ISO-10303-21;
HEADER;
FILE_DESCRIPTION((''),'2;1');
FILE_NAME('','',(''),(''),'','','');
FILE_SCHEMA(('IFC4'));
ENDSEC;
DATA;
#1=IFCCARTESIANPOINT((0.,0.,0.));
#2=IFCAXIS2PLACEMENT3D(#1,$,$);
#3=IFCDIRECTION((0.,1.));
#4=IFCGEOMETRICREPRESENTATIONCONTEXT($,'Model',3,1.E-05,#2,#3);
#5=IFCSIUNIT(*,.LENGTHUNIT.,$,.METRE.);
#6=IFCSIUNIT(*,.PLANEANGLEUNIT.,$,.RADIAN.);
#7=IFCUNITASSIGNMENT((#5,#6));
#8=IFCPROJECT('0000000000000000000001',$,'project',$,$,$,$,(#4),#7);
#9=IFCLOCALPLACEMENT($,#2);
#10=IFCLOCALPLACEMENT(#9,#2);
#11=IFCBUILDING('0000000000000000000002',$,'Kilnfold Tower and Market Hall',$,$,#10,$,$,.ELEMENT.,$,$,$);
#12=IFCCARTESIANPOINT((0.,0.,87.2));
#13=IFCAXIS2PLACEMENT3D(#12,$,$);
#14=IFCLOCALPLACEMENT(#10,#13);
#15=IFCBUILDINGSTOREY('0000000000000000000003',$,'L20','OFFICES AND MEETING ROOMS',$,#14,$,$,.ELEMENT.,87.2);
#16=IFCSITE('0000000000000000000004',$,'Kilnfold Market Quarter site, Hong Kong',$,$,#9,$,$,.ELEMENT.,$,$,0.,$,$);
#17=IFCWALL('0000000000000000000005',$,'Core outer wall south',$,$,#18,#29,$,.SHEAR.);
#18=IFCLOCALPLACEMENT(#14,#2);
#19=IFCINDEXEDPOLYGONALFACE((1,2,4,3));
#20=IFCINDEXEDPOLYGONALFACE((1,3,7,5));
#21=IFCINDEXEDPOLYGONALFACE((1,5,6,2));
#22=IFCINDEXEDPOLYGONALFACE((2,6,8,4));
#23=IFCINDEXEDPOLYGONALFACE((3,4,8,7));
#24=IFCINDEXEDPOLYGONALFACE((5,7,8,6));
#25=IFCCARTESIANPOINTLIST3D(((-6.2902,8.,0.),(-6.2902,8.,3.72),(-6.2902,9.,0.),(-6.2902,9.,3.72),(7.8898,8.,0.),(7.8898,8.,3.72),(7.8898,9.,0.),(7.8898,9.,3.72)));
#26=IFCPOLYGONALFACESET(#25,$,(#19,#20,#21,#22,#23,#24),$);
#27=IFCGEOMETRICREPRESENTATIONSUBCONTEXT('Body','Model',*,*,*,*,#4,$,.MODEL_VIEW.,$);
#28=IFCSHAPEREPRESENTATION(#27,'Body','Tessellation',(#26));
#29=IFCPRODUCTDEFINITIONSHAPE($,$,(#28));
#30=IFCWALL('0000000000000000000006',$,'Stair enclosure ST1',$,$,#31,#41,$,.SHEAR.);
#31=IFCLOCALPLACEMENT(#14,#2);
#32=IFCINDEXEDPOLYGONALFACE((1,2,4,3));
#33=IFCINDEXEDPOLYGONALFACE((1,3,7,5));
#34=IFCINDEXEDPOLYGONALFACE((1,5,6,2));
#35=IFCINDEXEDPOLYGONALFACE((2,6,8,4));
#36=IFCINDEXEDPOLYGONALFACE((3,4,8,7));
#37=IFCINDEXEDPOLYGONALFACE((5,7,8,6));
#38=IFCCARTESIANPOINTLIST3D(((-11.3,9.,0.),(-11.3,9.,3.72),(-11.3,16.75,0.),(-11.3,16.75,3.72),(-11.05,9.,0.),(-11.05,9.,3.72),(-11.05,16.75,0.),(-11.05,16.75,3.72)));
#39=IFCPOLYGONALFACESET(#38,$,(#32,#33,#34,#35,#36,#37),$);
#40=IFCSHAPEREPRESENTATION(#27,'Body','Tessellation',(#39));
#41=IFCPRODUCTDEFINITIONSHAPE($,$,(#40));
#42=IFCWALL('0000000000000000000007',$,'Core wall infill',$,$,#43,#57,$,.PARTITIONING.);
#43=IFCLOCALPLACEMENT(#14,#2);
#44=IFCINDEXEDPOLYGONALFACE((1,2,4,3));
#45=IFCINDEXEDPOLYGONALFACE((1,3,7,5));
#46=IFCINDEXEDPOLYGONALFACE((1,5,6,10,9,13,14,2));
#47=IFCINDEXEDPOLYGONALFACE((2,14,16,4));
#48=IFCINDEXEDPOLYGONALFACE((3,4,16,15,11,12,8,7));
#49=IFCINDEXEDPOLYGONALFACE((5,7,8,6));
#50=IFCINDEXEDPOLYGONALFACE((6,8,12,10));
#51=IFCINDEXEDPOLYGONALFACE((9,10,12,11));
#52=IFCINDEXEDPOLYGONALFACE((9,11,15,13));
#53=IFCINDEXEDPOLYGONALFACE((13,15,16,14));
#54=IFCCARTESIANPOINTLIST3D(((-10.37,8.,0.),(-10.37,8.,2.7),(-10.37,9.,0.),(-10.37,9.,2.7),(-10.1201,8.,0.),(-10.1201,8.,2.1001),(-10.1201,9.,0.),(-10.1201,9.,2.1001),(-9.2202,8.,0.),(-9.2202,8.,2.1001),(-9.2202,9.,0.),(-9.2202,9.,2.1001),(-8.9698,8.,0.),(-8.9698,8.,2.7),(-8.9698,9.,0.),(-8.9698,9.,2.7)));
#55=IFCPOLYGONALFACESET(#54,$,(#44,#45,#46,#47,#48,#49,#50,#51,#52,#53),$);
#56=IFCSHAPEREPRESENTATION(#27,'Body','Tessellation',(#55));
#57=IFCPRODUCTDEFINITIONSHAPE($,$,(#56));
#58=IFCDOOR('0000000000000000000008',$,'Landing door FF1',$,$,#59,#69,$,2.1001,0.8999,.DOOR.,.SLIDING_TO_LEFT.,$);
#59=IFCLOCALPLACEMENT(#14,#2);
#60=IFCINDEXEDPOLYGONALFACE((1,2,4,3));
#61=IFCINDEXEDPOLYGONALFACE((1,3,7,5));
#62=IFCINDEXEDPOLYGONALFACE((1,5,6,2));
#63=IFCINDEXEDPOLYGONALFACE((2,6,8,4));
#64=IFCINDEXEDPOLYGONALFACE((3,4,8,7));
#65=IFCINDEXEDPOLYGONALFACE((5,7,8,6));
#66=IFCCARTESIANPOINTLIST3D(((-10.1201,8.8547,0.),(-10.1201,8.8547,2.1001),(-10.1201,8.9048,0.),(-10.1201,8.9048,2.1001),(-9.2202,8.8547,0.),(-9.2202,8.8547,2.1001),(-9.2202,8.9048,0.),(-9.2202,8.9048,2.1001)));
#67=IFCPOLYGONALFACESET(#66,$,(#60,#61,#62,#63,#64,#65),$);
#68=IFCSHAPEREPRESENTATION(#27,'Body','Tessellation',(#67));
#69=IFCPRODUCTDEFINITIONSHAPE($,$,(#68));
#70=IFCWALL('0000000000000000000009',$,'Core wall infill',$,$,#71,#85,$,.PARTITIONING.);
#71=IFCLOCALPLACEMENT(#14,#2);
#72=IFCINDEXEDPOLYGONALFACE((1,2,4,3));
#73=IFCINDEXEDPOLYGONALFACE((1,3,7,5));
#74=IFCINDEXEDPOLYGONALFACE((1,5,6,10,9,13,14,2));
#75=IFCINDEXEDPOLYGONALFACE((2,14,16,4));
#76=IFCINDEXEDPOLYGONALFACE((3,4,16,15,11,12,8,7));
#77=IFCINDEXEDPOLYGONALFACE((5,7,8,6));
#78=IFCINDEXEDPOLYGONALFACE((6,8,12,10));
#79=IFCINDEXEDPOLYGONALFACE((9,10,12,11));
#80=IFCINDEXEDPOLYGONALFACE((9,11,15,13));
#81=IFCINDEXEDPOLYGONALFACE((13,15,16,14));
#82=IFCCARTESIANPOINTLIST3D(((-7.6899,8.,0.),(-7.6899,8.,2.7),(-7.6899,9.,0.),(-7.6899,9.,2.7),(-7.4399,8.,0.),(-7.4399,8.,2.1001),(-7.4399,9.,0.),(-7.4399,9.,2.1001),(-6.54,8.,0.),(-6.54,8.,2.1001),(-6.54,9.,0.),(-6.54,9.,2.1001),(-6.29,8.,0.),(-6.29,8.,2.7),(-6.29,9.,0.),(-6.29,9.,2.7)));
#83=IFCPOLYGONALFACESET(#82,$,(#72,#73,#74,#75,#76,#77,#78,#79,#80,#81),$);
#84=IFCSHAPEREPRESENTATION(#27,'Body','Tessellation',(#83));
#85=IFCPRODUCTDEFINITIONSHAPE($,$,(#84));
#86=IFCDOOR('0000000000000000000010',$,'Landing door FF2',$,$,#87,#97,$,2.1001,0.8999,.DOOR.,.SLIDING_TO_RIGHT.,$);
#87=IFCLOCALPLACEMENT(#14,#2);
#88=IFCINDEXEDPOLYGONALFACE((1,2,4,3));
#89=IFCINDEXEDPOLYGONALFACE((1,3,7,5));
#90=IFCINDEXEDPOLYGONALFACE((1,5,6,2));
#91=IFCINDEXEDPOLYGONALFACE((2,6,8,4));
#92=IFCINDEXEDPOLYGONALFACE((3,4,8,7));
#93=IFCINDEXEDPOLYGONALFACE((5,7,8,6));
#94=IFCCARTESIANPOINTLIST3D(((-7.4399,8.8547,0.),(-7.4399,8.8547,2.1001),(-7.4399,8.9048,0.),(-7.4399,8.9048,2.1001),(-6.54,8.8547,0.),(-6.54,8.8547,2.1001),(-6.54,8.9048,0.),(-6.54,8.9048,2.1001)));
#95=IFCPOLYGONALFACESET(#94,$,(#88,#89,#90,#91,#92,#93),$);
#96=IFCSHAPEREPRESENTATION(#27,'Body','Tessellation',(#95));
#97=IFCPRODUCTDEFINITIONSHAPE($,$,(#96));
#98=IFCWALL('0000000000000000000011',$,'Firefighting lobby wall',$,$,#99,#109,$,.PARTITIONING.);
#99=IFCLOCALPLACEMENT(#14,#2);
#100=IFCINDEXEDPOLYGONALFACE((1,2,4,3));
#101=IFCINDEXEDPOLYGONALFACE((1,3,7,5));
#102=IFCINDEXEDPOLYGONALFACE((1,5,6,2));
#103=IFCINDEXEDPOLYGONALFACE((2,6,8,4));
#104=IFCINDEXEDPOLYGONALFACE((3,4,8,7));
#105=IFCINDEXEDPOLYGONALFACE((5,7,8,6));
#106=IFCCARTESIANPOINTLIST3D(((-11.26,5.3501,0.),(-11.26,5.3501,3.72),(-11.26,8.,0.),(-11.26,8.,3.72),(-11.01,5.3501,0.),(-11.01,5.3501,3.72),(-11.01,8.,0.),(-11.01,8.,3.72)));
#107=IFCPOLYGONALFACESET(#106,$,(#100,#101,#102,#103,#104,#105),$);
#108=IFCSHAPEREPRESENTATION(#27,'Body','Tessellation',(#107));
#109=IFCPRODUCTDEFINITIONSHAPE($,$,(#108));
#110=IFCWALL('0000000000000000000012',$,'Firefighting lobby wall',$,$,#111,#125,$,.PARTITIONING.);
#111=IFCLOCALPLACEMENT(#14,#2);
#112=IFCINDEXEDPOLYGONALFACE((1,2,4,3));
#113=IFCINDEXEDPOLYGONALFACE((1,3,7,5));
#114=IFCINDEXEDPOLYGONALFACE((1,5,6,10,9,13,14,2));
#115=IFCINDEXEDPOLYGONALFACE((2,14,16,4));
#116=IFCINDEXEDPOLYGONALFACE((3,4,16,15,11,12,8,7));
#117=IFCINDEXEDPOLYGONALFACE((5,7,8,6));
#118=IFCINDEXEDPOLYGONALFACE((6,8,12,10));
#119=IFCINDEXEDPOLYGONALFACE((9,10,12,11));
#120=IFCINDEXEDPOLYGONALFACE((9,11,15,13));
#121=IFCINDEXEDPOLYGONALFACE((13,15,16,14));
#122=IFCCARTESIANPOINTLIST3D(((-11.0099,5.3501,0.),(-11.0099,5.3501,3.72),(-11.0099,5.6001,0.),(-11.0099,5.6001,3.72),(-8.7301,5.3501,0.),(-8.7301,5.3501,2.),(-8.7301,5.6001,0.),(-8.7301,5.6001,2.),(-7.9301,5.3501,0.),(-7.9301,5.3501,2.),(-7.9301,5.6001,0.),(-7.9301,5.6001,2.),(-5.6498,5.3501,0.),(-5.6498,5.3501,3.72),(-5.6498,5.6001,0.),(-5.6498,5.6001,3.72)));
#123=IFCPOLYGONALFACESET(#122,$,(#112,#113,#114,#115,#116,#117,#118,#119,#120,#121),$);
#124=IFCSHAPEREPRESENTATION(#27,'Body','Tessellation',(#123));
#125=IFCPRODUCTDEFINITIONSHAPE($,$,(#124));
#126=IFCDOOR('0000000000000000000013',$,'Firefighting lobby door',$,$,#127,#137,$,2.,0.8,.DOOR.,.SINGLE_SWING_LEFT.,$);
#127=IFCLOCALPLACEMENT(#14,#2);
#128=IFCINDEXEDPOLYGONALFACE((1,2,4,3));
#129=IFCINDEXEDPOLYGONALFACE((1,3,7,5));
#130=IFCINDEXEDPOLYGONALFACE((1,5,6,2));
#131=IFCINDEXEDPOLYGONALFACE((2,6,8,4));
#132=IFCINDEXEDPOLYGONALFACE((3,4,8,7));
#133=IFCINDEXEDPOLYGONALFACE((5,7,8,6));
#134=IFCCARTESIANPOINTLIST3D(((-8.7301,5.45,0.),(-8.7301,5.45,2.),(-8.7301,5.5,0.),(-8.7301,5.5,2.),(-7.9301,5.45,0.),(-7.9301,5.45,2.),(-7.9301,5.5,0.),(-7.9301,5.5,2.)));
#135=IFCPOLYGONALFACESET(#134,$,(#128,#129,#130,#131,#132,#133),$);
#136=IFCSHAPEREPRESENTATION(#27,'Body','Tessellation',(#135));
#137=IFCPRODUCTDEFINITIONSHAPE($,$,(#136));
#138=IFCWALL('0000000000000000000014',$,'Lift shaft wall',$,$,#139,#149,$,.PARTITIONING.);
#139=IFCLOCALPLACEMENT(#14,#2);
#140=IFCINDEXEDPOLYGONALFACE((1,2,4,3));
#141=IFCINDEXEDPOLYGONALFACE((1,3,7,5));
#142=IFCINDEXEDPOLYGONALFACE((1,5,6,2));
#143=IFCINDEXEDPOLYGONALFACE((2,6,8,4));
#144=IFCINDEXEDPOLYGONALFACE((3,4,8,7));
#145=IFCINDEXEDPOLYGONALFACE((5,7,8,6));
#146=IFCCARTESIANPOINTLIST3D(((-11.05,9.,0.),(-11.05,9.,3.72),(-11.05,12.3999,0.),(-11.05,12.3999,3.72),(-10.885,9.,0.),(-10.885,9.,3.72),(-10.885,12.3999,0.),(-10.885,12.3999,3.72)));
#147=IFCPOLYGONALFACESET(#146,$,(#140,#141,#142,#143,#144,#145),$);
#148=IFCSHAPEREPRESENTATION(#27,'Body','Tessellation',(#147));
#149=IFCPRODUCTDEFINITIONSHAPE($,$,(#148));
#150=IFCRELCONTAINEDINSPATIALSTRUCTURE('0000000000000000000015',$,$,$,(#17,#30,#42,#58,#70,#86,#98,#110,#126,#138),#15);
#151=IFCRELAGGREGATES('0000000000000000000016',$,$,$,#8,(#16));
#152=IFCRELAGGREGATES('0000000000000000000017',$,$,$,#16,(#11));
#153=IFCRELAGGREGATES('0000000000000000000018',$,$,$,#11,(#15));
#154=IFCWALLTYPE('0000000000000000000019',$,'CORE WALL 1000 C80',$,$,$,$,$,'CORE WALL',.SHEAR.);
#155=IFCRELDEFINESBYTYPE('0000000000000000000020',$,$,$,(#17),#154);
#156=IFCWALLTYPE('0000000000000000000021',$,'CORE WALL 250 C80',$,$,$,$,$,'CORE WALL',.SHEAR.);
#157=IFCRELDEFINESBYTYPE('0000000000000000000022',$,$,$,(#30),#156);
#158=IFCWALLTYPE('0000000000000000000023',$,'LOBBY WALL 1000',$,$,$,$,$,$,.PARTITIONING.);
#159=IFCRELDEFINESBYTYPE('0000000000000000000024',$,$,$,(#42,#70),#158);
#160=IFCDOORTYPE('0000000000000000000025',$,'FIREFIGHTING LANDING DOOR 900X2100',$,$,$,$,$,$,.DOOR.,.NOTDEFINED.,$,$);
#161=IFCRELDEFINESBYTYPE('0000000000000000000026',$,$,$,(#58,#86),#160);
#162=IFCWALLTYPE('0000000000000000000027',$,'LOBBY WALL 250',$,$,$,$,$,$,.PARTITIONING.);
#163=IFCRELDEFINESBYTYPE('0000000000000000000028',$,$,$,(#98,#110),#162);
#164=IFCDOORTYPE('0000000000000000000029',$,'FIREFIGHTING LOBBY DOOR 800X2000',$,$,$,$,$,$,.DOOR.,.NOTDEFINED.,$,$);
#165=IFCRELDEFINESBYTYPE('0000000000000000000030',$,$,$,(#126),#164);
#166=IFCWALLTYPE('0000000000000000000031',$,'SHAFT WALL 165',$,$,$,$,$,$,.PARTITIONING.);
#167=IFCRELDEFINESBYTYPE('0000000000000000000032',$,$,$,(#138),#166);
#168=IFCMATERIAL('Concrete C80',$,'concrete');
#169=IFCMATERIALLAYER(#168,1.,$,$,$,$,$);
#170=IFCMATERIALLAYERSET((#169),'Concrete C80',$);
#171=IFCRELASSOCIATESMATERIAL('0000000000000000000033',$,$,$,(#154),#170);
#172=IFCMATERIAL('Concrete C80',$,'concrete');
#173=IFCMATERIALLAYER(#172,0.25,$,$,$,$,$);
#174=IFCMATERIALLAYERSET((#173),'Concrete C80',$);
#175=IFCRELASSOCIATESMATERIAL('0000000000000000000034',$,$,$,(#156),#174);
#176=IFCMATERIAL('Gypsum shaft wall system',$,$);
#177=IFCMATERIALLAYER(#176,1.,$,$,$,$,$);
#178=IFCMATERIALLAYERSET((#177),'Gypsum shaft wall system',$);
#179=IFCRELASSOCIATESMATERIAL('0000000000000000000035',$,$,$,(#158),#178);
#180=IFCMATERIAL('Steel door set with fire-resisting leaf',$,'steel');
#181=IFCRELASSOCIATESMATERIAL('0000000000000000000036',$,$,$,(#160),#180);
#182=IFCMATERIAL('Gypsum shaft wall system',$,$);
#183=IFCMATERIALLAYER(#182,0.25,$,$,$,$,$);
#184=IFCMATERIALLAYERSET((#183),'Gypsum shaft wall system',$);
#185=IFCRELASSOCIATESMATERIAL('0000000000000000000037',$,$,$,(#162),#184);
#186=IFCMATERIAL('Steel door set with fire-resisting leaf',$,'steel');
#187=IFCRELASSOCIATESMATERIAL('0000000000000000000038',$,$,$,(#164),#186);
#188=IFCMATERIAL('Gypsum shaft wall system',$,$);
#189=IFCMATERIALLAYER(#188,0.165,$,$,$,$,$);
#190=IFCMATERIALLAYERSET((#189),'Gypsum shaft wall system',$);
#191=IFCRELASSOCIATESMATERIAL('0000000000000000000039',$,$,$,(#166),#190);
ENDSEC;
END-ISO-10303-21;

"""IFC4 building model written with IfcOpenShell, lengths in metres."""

from ifc_helpers import new_model, si_unit, direction, frame, frame_2d, origin, place, context, subcontext, project, spatial, rectangle, extrude, source, transform, mapped, material, layer, layer_set, type_object, element, fill, save


model = new_model("IFC4")

# Units and contexts
model_context = context("Model", 3, precision=1e-05, world=origin(), true_north=direction((0.0, 1.0)))
body_context = subcontext(model_context, "Body", "Model", "MODEL_VIEW")
ifc_project = project(units=[si_unit("LENGTHUNIT", "METRE"), si_unit("PLANEANGLEUNIT", "RADIAN")], contexts=[model_context])

# Site, building, storey
site_placement = place(None, origin())
site = spatial("IfcSite", under=ifc_project, at=site_placement, Name="Kilnfold Market Quarter site, Hong Kong", CompositionType="ELEMENT", RefElevation=0.0)
building_placement = place(site_placement, origin())
building = spatial("IfcBuilding", under=site, at=building_placement, Name="Kilnfold Tower and Market Hall", CompositionType="ELEMENT")
storey_placement = place(building_placement, frame((0.0, 0.0, 87.2)))
storey = spatial("IfcBuildingStorey", under=building, at=storey_placement, Name="L20", Description="OFFICES AND MEETING ROOMS", CompositionType="ELEMENT", Elevation=87.2)

# Walls
ifc_material_1 = material(Name="Concrete C80", Category="concrete")
ifc_layer_1 = layer(ifc_material_1, 1.0)
ifc_layer_set_1 = layer_set([ifc_layer_1], Name="Concrete C80")
wall_type_1 = type_object("IfcWallType", Name="CORE WALL 1000 C80", ElementType="CORE WALL", PredefinedType="SHEAR", material=ifc_layer_set_1)
shared_shape_1 = source(origin(), body_context, "Body", "SweptSolid", [
    extrude(rectangle(XDim=14.1799, YDim=1.0, at=frame_2d((7.0898, 0.0))), origin(), (0.0, 0.0, 1.0), 3.72),
])
wall_1_placement = place(storey_placement, frame((-6.29, 8.5, 0.0), z_axis=(0.0, 0.0, 1.0), x_axis=(1.0, 0.0, 0.0)))
element("IfcWall", 1, at=wall_1_placement, inside=storey, type_object=wall_type_1, Name="Core outer wall south", PredefinedType="SHEAR", context=body_context, shape_type="MappedRepresentation", body=[
    mapped(shared_shape_1, transform((0.0, 0.0, 0.0))),
])
ifc_material_2 = material(Name="Concrete C80", Category="concrete")
ifc_layer_2 = layer(ifc_material_2, 0.25)
ifc_layer_set_2 = layer_set([ifc_layer_2], Name="Concrete C80")
wall_type_2 = type_object("IfcWallType", Name="CORE WALL 250 C80", ElementType="CORE WALL", PredefinedType="SHEAR", material=ifc_layer_set_2)
shared_shape_2 = source(origin(), body_context, "Body", "SweptSolid", [
    extrude(rectangle(XDim=7.75, YDim=0.25, at=frame_2d((3.875, 0.0))), origin(), (0.0, 0.0, 1.0), 3.72),
])
wall_2_placement = place(storey_placement, frame((-11.175, 9.0, 0.0), z_axis=(0.0, 0.0, 1.0), x_axis=(0.0, 1.0, 0.0)))
element("IfcWall", 2, at=wall_2_placement, inside=storey, type_object=wall_type_2, Name="Stair enclosure ST1", PredefinedType="SHEAR", context=body_context, shape_type="MappedRepresentation", body=[
    mapped(shared_shape_2, transform((0.0, 0.0, 0.0))),
])

# Walls, openings, doors
ifc_material_3 = material(Name="Gypsum shaft wall system")
ifc_layer_3 = layer(ifc_material_3, 1.0)
ifc_layer_set_3 = layer_set([ifc_layer_3], Name="Gypsum shaft wall system")
wall_type_3 = type_object("IfcWallType", Name="LOBBY WALL 1000", PredefinedType="PARTITIONING", material=ifc_layer_set_3)
shared_shape_3 = source(origin(), body_context, "Body", "SweptSolid", [
    extrude(rectangle(XDim=1.4001, YDim=1.0, at=frame_2d((0.7002, 0.0))), origin(), (0.0, 0.0, 1.0), 2.7),
])
wall_3_placement = place(storey_placement, frame((-10.3701, 8.5, 0.0), z_axis=(0.0, 0.0, 1.0), x_axis=(1.0, 0.0, 0.0)))
wall_3 = element("IfcWall", 3, at=wall_3_placement, inside=storey, type_object=wall_type_3, Name="Core wall infill", PredefinedType="PARTITIONING", context=body_context, shape_type="MappedRepresentation", body=[
    mapped(shared_shape_3, transform((0.0, 0.0, 0.0))),
])
opening_1_placement = place(wall_3_placement, frame((0.25, 0.0, 0.0)))
opening_1 = element("IfcOpeningElement", 4, at=opening_1_placement, cuts=wall_3, PredefinedType="OPENING", context=body_context, shape_type="SweptSolid", body=[
    extrude(rectangle(XDim=0.8999, YDim=2.1001, at=frame_2d((0.45, 1.05))), frame((0.0, 0.51, 0.0), z_axis=(0.0, -1.0, 0.0), x_axis=(1.0, 0.0, 0.0)), (0.0, 0.0, 1.0), 1.02),
])
ifc_material_4 = material(Name="Steel door set with fire-resisting leaf", Category="steel")
door_type_1 = type_object("IfcDoorType", Name="FIREFIGHTING LANDING DOOR 900X2100", OperationType="NOTDEFINED", PredefinedType="DOOR", material=ifc_material_4)
door_1_placement = place(opening_1_placement, origin())
door_1 = element("IfcDoor", 5, at=door_1_placement, inside=storey, type_object=door_type_1, Name="Landing door FF1", OperationType="SLIDING_TO_LEFT", OverallHeight=2.1001, OverallWidth=0.8999, PredefinedType="DOOR", context=body_context, shape_type="SweptSolid", body=[
    extrude(rectangle(XDim=0.8999, YDim=2.1001, at=frame_2d((0.45, 1.05))), frame((0.0, 0.4048, 0.0), z_axis=(0.0, -1.0, 0.0), x_axis=(1.0, 0.0, 0.0)), (0.0, 0.0, 1.0), 0.05),
])
fill(opening_1, door_1)
shared_shape_4 = source(origin(), body_context, "Body", "SweptSolid", [
    extrude(rectangle(XDim=1.3999, YDim=1.0, at=frame_2d((0.7, 0.0))), origin(), (0.0, 0.0, 1.0), 2.7),
])
wall_4_placement = place(storey_placement, frame((-7.6899, 8.5, 0.0), z_axis=(0.0, 0.0, 1.0), x_axis=(1.0, 0.0, 0.0)))
wall_4 = element("IfcWall", 6, at=wall_4_placement, inside=storey, type_object=wall_type_3, Name="Core wall infill", PredefinedType="PARTITIONING", context=body_context, shape_type="MappedRepresentation", body=[
    mapped(shared_shape_4, transform((0.0, 0.0, 0.0))),
])
opening_2_placement = place(wall_4_placement, frame((0.25, 0.0, 0.0)))
opening_2 = element("IfcOpeningElement", 7, at=opening_2_placement, cuts=wall_4, PredefinedType="OPENING", context=body_context, shape_type="SweptSolid", body=[
    extrude(rectangle(XDim=0.8999, YDim=2.1001, at=frame_2d((0.45, 1.05))), frame((0.0, 0.51, 0.0), z_axis=(0.0, -1.0, 0.0), x_axis=(1.0, 0.0, 0.0)), (0.0, 0.0, 1.0), 1.02),
])
door_2_placement = place(opening_2_placement, origin())
door_2 = element("IfcDoor", 8, at=door_2_placement, inside=storey, type_object=door_type_1, Name="Landing door FF2", OperationType="SLIDING_TO_RIGHT", OverallHeight=2.1001, OverallWidth=0.8999, PredefinedType="DOOR", context=body_context, shape_type="SweptSolid", body=[
    extrude(rectangle(XDim=0.8999, YDim=2.1001, at=frame_2d((0.45, 1.05))), frame((0.0, 0.4048, 0.0), z_axis=(0.0, -1.0, 0.0), x_axis=(1.0, 0.0, 0.0)), (0.0, 0.0, 1.0), 0.05),
])
fill(opening_2, door_2)

# Wall
ifc_material_5 = material(Name="Gypsum shaft wall system")
ifc_layer_4 = layer(ifc_material_5, 0.25)
ifc_layer_set_4 = layer_set([ifc_layer_4], Name="Gypsum shaft wall system")
wall_type_4 = type_object("IfcWallType", Name="LOBBY WALL 250", PredefinedType="PARTITIONING", material=ifc_layer_set_4)
shared_shape_5 = source(origin(), body_context, "Body", "SweptSolid", [
    extrude(rectangle(XDim=2.6499, YDim=0.25, at=frame_2d((1.325, 0.0))), origin(), (0.0, 0.0, 1.0), 3.72),
])
wall_5_placement = place(storey_placement, frame((-11.135, 5.3501, 0.0), z_axis=(0.0, 0.0, 1.0), x_axis=(0.0, 1.0, 0.0)))
element("IfcWall", 9, at=wall_5_placement, inside=storey, type_object=wall_type_4, Name="Firefighting lobby wall", PredefinedType="PARTITIONING", context=body_context, shape_type="MappedRepresentation", body=[
    mapped(shared_shape_5, transform((0.0, 0.0, 0.0))),
])

# Wall, opening, door
shared_shape_6 = source(origin(), body_context, "Body", "SweptSolid", [
    extrude(rectangle(XDim=5.3601, YDim=0.25, at=frame_2d((2.6802, 0.0))), origin(), (0.0, 0.0, 1.0), 3.72),
])
wall_6_placement = place(storey_placement, frame((-11.01, 5.4751, 0.0), z_axis=(0.0, 0.0, 1.0), x_axis=(1.0, 0.0, 0.0)))
wall_6 = element("IfcWall", 10, at=wall_6_placement, inside=storey, type_object=wall_type_4, Name="Firefighting lobby wall", PredefinedType="PARTITIONING", context=body_context, shape_type="MappedRepresentation", body=[
    mapped(shared_shape_6, transform((0.0, 0.0, 0.0))),
])
opening_3_placement = place(wall_6_placement, frame((2.28, 0.0, 0.0)))
opening_3 = element("IfcOpeningElement", 11, at=opening_3_placement, cuts=wall_6, PredefinedType="OPENING", context=body_context, shape_type="SweptSolid", body=[
    extrude(rectangle(XDim=0.8, YDim=2.0, at=frame_2d((0.3999, 1.0))), frame((0.0, 0.135, 0.0), z_axis=(0.0, -1.0, 0.0), x_axis=(1.0, 0.0, 0.0)), (0.0, 0.0, 1.0), 0.27),
])
ifc_material_6 = material(Name="Steel door set with fire-resisting leaf", Category="steel")
door_type_2 = type_object("IfcDoorType", Name="FIREFIGHTING LOBBY DOOR 800X2000", OperationType="NOTDEFINED", PredefinedType="DOOR", material=ifc_material_6)
door_3_placement = place(opening_3_placement, origin())
door_3 = element("IfcDoor", 12, at=door_3_placement, inside=storey, type_object=door_type_2, Name="Firefighting lobby door", OperationType="SINGLE_SWING_LEFT", OverallHeight=2.0, OverallWidth=0.8, PredefinedType="DOOR", context=body_context, shape_type="SweptSolid", body=[
    extrude(rectangle(XDim=0.8, YDim=2.0, at=frame_2d((0.3999, 1.0))), frame((0.0, 0.0249, 0.0), z_axis=(0.0, -1.0, 0.0), x_axis=(1.0, 0.0, 0.0)), (0.0, 0.0, 1.0), 0.05),
])
fill(opening_3, door_3)

# Wall
ifc_material_7 = material(Name="Gypsum shaft wall system")
ifc_layer_5 = layer(ifc_material_7, 0.165)
ifc_layer_set_5 = layer_set([ifc_layer_5], Name="Gypsum shaft wall system")
wall_type_5 = type_object("IfcWallType", Name="SHAFT WALL 165", PredefinedType="PARTITIONING", material=ifc_layer_set_5)
shared_shape_7 = source(origin(), body_context, "Body", "SweptSolid", [
    extrude(rectangle(XDim=3.3999, YDim=0.165, at=frame_2d((1.7, 0.0))), origin(), (0.0, 0.0, 1.0), 3.72),
])
wall_7_placement = place(storey_placement, frame((-10.9675, 9.0, 0.0), z_axis=(0.0, 0.0, 1.0), x_axis=(0.0, 1.0, 0.0)))
element("IfcWall", 13, at=wall_7_placement, inside=storey, type_object=wall_type_5, Name="Lift shaft wall", PredefinedType="PARTITIONING", context=body_context, shape_type="MappedRepresentation", body=[
    mapped(shared_shape_7, transform((0.0, 0.0, 0.0))),
])

save(model, "model.ifc")
